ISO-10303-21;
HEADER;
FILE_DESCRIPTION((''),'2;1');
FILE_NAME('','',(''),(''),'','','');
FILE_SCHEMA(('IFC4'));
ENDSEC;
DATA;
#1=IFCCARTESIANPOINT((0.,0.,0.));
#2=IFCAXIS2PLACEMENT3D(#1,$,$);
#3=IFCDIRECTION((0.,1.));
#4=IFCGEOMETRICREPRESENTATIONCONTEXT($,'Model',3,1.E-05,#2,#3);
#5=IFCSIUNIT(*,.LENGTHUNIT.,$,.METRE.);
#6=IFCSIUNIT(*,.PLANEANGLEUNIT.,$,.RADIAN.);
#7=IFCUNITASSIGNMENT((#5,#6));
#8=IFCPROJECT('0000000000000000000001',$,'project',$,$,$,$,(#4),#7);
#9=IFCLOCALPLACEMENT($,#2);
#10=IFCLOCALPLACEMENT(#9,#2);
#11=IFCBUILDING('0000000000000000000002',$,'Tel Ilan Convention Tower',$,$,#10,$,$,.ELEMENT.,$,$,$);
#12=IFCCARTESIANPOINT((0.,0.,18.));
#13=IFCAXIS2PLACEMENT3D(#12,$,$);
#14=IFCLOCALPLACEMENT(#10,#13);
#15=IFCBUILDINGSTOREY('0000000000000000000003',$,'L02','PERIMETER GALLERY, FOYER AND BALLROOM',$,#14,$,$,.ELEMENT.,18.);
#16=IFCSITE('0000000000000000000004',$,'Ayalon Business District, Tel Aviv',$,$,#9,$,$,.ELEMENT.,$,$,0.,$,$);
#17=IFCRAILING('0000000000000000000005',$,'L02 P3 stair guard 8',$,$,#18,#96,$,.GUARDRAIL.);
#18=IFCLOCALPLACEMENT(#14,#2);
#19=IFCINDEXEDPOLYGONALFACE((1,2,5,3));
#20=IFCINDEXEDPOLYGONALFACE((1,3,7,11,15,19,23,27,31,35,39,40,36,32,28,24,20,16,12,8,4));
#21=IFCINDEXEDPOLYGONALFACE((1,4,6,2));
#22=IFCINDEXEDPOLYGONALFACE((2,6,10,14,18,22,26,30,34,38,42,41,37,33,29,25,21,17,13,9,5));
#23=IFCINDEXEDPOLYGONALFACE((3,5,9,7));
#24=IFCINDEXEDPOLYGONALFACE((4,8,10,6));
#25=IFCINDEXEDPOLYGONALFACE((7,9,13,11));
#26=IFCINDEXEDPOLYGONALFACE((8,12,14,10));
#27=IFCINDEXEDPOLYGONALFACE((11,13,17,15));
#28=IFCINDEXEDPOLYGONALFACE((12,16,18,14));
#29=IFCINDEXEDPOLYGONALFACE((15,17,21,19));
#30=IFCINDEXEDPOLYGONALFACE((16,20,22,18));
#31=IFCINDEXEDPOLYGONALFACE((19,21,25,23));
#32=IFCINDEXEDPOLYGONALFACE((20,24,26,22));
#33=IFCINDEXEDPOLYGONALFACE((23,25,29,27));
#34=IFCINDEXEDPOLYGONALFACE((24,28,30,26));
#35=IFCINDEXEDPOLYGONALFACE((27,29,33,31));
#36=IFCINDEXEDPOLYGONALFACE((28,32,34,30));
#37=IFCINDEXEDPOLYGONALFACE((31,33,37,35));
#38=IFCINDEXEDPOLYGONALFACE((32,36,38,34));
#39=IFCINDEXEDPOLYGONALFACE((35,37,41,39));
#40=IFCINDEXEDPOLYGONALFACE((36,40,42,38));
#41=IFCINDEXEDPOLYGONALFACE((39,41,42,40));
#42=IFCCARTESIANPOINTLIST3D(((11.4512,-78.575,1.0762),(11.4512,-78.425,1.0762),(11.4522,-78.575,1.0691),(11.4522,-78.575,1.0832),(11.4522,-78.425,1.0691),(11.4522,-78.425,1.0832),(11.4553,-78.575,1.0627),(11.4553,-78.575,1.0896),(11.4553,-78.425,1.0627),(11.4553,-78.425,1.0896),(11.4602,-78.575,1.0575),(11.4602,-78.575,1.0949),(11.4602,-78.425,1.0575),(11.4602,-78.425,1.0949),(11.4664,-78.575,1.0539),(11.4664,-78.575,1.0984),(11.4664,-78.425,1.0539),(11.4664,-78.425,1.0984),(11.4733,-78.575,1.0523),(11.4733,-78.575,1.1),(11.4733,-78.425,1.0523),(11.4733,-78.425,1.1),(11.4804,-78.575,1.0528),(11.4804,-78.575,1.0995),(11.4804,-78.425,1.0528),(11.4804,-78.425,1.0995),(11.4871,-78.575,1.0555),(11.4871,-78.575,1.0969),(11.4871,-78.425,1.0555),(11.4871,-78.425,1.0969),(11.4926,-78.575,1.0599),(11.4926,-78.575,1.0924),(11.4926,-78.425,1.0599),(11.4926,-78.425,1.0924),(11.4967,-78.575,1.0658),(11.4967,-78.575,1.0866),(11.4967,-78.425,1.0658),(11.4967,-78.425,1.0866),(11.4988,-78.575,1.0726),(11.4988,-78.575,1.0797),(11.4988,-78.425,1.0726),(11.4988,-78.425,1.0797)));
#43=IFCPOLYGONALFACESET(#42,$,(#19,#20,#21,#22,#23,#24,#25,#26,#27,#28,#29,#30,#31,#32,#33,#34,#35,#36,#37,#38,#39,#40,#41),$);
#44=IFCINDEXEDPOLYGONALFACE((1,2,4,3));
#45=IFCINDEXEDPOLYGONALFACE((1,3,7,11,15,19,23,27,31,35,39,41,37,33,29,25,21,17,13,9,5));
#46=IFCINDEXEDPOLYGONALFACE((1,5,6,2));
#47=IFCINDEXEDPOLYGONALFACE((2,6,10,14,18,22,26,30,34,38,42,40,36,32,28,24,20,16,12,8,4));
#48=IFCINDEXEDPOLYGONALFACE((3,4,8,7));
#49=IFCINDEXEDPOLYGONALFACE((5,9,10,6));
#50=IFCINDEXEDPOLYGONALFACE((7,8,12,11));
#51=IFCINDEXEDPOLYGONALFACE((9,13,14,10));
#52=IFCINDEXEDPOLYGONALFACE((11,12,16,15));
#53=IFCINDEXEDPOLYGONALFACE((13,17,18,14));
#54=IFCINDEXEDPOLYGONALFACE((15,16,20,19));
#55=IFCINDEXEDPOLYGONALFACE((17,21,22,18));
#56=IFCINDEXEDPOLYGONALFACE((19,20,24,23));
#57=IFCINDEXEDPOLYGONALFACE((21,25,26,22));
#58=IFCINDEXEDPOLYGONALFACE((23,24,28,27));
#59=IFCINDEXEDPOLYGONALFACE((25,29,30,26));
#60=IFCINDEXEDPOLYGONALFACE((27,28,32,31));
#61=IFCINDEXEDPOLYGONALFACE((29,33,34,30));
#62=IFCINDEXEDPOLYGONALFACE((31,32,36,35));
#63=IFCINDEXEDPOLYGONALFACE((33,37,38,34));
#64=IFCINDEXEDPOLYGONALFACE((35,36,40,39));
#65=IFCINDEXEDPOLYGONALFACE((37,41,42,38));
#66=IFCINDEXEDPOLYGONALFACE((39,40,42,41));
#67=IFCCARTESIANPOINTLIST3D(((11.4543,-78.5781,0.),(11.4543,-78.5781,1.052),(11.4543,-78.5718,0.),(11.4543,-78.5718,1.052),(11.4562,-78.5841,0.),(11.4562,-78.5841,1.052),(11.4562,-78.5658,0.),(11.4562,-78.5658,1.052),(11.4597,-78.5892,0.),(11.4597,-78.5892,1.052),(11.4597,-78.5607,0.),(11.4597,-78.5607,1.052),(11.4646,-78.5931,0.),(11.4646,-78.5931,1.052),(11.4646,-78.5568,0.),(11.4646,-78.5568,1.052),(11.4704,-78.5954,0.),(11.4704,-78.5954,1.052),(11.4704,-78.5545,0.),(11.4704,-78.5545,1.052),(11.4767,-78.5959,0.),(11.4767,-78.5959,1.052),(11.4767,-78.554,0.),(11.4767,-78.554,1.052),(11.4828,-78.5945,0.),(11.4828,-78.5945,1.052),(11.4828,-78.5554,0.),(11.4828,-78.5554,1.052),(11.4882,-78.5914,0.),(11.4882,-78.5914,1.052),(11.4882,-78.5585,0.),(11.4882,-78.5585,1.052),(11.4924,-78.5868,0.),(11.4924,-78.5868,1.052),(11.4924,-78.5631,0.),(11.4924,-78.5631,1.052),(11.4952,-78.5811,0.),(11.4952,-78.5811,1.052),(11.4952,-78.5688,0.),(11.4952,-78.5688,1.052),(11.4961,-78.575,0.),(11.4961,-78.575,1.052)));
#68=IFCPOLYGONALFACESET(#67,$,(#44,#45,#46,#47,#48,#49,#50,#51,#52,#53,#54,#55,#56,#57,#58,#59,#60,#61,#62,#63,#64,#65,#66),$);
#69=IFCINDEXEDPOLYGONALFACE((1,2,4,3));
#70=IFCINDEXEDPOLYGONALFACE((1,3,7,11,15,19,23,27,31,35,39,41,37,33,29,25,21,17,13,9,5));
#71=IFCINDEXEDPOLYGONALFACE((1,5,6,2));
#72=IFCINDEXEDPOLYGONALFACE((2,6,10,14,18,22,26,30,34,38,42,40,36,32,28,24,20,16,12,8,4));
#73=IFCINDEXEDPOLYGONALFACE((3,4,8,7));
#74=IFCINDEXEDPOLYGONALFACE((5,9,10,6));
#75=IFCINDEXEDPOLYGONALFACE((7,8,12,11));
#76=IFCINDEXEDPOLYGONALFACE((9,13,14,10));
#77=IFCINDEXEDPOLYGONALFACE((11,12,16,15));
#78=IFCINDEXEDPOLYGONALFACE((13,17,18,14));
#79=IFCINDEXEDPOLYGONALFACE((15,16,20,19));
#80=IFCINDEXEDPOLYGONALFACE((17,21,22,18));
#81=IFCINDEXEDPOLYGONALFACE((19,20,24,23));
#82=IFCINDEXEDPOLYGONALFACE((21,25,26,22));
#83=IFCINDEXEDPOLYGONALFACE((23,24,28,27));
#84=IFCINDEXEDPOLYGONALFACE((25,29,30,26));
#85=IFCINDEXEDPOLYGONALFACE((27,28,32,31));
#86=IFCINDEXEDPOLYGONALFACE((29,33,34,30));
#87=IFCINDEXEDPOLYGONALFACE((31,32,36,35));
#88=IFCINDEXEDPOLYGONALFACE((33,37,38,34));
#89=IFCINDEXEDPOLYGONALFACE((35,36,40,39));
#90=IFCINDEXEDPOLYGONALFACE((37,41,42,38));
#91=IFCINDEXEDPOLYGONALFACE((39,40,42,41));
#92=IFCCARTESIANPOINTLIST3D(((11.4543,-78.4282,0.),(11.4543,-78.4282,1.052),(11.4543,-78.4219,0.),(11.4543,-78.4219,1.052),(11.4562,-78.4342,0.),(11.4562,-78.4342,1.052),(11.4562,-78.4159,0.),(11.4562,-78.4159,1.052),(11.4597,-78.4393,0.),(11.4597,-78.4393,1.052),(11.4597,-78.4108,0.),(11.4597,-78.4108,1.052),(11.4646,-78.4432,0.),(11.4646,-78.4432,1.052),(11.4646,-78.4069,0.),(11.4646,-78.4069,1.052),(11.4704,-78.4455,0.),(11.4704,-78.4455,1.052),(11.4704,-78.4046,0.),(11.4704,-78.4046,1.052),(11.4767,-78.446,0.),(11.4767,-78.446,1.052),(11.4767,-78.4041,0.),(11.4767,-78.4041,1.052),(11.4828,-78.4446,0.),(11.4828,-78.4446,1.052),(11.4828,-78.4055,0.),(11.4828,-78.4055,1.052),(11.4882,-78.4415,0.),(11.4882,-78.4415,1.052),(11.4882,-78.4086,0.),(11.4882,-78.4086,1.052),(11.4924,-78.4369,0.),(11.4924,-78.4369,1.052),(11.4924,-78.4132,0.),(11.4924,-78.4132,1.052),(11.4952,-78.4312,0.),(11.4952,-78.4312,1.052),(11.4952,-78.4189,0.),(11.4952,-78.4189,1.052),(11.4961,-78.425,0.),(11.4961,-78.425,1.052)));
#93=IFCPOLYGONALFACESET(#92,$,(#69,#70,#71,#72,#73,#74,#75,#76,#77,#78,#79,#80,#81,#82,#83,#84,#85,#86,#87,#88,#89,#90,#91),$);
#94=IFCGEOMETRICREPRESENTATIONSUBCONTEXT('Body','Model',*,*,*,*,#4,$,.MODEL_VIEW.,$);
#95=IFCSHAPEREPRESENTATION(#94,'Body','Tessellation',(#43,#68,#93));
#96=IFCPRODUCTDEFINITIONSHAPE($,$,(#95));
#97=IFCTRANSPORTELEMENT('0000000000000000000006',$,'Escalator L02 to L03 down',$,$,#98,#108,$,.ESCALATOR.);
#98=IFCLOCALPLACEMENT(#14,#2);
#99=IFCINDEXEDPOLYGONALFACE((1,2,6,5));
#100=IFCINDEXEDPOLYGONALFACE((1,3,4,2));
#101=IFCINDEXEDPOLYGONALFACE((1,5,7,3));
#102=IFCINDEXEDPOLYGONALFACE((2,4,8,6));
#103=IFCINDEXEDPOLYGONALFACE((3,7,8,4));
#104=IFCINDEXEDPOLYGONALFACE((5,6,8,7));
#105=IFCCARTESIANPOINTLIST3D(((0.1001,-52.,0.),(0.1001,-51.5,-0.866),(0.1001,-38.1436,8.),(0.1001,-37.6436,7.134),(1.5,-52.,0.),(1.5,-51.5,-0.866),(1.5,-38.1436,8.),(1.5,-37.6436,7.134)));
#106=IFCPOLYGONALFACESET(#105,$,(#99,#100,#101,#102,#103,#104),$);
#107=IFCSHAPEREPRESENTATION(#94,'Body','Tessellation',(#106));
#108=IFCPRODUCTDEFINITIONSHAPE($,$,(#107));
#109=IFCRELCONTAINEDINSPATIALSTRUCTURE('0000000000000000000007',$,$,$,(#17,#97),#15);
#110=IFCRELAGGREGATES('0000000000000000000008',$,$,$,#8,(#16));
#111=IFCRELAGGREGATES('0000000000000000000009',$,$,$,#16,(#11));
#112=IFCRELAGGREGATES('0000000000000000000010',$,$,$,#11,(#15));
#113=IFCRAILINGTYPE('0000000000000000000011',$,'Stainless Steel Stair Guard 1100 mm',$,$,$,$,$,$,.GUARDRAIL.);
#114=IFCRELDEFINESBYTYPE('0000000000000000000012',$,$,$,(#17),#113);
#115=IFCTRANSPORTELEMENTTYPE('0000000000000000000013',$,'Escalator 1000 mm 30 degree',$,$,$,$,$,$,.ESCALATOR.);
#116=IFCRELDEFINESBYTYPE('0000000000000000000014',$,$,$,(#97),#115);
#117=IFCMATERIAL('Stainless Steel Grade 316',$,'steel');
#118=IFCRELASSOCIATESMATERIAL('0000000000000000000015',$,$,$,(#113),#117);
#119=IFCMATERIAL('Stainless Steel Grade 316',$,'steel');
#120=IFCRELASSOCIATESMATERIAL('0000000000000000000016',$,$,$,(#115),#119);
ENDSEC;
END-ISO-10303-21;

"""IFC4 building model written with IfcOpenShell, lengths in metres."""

from ifc_helpers import new_model, si_unit, direction, frame, origin, origin_2d, place, context, subcontext, project, spatial, polyline, circle, outline, extrude, material, type_object, element, save


model = new_model("IFC4")

# Units and contexts
model_context = context("Model", 3, precision=1e-05, world=origin(), true_north=direction((0.0, 1.0)))
body_context = subcontext(model_context, "Body", "Model", "MODEL_VIEW")
ifc_project = project(units=[si_unit("LENGTHUNIT", "METRE"), si_unit("PLANEANGLEUNIT", "RADIAN")], contexts=[model_context])

# Site, building, storey
site_placement = place(None, origin())
site = spatial("IfcSite", under=ifc_project, at=site_placement, Name="Ayalon Business District, Tel Aviv", CompositionType="ELEMENT", RefElevation=0.0)
building_placement = place(site_placement, origin())
building = spatial("IfcBuilding", under=site, at=building_placement, Name="Tel Ilan Convention Tower", CompositionType="ELEMENT")
storey_placement = place(building_placement, frame((0.0, 0.0, 18.0)))
storey = spatial("IfcBuildingStorey", under=building, at=storey_placement, Name="L02", Description="PERIMETER GALLERY, FOYER AND BALLROOM", CompositionType="ELEMENT", Elevation=18.0)

# Railing
ifc_material_1 = material(Name="Stainless Steel Grade 316", Category="steel")
railing_type = type_object("IfcRailingType", Name="Stainless Steel Stair Guard 1100 mm", PredefinedType="GUARDRAIL", material=ifc_material_1)
railing_placement = place(storey_placement, frame((11.4751, -78.575, 0.0)))
element("IfcRailing", 1, at=railing_placement, inside=storey, type_object=railing_type, Name="L02 P3 stair guard 8", PredefinedType="GUARDRAIL", context=body_context, shape_type="SweptSolid", body=[
    extrude(circle(Radius=0.0239, at=origin_2d()), frame((0.0, 0.0, 1.0762), z_axis=(0.0, 1.0, 0.0), x_axis=(-1.0, 0.0, 0.0)), (0.0, 0.0, 1.0), 0.1499),
    extrude(circle(Radius=0.021, at=origin_2d()), origin(), (0.0, 0.0, 1.0), 1.052),
    extrude(circle(Radius=0.021, at=origin_2d()), frame((0.0, 0.1499, 0.0)), (0.0, 0.0, 1.0), 1.052),
])

# Transport element
ifc_material_2 = material(Name="Stainless Steel Grade 316", Category="steel")
transport_element_type = type_object("IfcTransportElementType", Name="Escalator 1000 mm 30 degree", PredefinedType="ESCALATOR", material=ifc_material_2)
transport_element_placement = place(storey_placement, frame((0.1001, -52.0, 0.0), z_axis=(0.0, -0.499999, 0.866026), x_axis=(1.0, 0.0, 0.0)))
element("IfcTransportElement", 2, at=transport_element_placement, inside=storey, type_object=transport_element_type, Name="Escalator L02 to L03 down", PredefinedType="ESCALATOR", context=body_context, shape_type="SweptSolid", body=[
    extrude(outline(polyline([(0.0, 0.0), (1.3999, 0.0), (1.3999, 16.0), (0.0, 16.0), (0.0, 0.0)])), origin(), (0.0, 0.0, -1.0), 1.0),
])

save(model, "model.ifc")
